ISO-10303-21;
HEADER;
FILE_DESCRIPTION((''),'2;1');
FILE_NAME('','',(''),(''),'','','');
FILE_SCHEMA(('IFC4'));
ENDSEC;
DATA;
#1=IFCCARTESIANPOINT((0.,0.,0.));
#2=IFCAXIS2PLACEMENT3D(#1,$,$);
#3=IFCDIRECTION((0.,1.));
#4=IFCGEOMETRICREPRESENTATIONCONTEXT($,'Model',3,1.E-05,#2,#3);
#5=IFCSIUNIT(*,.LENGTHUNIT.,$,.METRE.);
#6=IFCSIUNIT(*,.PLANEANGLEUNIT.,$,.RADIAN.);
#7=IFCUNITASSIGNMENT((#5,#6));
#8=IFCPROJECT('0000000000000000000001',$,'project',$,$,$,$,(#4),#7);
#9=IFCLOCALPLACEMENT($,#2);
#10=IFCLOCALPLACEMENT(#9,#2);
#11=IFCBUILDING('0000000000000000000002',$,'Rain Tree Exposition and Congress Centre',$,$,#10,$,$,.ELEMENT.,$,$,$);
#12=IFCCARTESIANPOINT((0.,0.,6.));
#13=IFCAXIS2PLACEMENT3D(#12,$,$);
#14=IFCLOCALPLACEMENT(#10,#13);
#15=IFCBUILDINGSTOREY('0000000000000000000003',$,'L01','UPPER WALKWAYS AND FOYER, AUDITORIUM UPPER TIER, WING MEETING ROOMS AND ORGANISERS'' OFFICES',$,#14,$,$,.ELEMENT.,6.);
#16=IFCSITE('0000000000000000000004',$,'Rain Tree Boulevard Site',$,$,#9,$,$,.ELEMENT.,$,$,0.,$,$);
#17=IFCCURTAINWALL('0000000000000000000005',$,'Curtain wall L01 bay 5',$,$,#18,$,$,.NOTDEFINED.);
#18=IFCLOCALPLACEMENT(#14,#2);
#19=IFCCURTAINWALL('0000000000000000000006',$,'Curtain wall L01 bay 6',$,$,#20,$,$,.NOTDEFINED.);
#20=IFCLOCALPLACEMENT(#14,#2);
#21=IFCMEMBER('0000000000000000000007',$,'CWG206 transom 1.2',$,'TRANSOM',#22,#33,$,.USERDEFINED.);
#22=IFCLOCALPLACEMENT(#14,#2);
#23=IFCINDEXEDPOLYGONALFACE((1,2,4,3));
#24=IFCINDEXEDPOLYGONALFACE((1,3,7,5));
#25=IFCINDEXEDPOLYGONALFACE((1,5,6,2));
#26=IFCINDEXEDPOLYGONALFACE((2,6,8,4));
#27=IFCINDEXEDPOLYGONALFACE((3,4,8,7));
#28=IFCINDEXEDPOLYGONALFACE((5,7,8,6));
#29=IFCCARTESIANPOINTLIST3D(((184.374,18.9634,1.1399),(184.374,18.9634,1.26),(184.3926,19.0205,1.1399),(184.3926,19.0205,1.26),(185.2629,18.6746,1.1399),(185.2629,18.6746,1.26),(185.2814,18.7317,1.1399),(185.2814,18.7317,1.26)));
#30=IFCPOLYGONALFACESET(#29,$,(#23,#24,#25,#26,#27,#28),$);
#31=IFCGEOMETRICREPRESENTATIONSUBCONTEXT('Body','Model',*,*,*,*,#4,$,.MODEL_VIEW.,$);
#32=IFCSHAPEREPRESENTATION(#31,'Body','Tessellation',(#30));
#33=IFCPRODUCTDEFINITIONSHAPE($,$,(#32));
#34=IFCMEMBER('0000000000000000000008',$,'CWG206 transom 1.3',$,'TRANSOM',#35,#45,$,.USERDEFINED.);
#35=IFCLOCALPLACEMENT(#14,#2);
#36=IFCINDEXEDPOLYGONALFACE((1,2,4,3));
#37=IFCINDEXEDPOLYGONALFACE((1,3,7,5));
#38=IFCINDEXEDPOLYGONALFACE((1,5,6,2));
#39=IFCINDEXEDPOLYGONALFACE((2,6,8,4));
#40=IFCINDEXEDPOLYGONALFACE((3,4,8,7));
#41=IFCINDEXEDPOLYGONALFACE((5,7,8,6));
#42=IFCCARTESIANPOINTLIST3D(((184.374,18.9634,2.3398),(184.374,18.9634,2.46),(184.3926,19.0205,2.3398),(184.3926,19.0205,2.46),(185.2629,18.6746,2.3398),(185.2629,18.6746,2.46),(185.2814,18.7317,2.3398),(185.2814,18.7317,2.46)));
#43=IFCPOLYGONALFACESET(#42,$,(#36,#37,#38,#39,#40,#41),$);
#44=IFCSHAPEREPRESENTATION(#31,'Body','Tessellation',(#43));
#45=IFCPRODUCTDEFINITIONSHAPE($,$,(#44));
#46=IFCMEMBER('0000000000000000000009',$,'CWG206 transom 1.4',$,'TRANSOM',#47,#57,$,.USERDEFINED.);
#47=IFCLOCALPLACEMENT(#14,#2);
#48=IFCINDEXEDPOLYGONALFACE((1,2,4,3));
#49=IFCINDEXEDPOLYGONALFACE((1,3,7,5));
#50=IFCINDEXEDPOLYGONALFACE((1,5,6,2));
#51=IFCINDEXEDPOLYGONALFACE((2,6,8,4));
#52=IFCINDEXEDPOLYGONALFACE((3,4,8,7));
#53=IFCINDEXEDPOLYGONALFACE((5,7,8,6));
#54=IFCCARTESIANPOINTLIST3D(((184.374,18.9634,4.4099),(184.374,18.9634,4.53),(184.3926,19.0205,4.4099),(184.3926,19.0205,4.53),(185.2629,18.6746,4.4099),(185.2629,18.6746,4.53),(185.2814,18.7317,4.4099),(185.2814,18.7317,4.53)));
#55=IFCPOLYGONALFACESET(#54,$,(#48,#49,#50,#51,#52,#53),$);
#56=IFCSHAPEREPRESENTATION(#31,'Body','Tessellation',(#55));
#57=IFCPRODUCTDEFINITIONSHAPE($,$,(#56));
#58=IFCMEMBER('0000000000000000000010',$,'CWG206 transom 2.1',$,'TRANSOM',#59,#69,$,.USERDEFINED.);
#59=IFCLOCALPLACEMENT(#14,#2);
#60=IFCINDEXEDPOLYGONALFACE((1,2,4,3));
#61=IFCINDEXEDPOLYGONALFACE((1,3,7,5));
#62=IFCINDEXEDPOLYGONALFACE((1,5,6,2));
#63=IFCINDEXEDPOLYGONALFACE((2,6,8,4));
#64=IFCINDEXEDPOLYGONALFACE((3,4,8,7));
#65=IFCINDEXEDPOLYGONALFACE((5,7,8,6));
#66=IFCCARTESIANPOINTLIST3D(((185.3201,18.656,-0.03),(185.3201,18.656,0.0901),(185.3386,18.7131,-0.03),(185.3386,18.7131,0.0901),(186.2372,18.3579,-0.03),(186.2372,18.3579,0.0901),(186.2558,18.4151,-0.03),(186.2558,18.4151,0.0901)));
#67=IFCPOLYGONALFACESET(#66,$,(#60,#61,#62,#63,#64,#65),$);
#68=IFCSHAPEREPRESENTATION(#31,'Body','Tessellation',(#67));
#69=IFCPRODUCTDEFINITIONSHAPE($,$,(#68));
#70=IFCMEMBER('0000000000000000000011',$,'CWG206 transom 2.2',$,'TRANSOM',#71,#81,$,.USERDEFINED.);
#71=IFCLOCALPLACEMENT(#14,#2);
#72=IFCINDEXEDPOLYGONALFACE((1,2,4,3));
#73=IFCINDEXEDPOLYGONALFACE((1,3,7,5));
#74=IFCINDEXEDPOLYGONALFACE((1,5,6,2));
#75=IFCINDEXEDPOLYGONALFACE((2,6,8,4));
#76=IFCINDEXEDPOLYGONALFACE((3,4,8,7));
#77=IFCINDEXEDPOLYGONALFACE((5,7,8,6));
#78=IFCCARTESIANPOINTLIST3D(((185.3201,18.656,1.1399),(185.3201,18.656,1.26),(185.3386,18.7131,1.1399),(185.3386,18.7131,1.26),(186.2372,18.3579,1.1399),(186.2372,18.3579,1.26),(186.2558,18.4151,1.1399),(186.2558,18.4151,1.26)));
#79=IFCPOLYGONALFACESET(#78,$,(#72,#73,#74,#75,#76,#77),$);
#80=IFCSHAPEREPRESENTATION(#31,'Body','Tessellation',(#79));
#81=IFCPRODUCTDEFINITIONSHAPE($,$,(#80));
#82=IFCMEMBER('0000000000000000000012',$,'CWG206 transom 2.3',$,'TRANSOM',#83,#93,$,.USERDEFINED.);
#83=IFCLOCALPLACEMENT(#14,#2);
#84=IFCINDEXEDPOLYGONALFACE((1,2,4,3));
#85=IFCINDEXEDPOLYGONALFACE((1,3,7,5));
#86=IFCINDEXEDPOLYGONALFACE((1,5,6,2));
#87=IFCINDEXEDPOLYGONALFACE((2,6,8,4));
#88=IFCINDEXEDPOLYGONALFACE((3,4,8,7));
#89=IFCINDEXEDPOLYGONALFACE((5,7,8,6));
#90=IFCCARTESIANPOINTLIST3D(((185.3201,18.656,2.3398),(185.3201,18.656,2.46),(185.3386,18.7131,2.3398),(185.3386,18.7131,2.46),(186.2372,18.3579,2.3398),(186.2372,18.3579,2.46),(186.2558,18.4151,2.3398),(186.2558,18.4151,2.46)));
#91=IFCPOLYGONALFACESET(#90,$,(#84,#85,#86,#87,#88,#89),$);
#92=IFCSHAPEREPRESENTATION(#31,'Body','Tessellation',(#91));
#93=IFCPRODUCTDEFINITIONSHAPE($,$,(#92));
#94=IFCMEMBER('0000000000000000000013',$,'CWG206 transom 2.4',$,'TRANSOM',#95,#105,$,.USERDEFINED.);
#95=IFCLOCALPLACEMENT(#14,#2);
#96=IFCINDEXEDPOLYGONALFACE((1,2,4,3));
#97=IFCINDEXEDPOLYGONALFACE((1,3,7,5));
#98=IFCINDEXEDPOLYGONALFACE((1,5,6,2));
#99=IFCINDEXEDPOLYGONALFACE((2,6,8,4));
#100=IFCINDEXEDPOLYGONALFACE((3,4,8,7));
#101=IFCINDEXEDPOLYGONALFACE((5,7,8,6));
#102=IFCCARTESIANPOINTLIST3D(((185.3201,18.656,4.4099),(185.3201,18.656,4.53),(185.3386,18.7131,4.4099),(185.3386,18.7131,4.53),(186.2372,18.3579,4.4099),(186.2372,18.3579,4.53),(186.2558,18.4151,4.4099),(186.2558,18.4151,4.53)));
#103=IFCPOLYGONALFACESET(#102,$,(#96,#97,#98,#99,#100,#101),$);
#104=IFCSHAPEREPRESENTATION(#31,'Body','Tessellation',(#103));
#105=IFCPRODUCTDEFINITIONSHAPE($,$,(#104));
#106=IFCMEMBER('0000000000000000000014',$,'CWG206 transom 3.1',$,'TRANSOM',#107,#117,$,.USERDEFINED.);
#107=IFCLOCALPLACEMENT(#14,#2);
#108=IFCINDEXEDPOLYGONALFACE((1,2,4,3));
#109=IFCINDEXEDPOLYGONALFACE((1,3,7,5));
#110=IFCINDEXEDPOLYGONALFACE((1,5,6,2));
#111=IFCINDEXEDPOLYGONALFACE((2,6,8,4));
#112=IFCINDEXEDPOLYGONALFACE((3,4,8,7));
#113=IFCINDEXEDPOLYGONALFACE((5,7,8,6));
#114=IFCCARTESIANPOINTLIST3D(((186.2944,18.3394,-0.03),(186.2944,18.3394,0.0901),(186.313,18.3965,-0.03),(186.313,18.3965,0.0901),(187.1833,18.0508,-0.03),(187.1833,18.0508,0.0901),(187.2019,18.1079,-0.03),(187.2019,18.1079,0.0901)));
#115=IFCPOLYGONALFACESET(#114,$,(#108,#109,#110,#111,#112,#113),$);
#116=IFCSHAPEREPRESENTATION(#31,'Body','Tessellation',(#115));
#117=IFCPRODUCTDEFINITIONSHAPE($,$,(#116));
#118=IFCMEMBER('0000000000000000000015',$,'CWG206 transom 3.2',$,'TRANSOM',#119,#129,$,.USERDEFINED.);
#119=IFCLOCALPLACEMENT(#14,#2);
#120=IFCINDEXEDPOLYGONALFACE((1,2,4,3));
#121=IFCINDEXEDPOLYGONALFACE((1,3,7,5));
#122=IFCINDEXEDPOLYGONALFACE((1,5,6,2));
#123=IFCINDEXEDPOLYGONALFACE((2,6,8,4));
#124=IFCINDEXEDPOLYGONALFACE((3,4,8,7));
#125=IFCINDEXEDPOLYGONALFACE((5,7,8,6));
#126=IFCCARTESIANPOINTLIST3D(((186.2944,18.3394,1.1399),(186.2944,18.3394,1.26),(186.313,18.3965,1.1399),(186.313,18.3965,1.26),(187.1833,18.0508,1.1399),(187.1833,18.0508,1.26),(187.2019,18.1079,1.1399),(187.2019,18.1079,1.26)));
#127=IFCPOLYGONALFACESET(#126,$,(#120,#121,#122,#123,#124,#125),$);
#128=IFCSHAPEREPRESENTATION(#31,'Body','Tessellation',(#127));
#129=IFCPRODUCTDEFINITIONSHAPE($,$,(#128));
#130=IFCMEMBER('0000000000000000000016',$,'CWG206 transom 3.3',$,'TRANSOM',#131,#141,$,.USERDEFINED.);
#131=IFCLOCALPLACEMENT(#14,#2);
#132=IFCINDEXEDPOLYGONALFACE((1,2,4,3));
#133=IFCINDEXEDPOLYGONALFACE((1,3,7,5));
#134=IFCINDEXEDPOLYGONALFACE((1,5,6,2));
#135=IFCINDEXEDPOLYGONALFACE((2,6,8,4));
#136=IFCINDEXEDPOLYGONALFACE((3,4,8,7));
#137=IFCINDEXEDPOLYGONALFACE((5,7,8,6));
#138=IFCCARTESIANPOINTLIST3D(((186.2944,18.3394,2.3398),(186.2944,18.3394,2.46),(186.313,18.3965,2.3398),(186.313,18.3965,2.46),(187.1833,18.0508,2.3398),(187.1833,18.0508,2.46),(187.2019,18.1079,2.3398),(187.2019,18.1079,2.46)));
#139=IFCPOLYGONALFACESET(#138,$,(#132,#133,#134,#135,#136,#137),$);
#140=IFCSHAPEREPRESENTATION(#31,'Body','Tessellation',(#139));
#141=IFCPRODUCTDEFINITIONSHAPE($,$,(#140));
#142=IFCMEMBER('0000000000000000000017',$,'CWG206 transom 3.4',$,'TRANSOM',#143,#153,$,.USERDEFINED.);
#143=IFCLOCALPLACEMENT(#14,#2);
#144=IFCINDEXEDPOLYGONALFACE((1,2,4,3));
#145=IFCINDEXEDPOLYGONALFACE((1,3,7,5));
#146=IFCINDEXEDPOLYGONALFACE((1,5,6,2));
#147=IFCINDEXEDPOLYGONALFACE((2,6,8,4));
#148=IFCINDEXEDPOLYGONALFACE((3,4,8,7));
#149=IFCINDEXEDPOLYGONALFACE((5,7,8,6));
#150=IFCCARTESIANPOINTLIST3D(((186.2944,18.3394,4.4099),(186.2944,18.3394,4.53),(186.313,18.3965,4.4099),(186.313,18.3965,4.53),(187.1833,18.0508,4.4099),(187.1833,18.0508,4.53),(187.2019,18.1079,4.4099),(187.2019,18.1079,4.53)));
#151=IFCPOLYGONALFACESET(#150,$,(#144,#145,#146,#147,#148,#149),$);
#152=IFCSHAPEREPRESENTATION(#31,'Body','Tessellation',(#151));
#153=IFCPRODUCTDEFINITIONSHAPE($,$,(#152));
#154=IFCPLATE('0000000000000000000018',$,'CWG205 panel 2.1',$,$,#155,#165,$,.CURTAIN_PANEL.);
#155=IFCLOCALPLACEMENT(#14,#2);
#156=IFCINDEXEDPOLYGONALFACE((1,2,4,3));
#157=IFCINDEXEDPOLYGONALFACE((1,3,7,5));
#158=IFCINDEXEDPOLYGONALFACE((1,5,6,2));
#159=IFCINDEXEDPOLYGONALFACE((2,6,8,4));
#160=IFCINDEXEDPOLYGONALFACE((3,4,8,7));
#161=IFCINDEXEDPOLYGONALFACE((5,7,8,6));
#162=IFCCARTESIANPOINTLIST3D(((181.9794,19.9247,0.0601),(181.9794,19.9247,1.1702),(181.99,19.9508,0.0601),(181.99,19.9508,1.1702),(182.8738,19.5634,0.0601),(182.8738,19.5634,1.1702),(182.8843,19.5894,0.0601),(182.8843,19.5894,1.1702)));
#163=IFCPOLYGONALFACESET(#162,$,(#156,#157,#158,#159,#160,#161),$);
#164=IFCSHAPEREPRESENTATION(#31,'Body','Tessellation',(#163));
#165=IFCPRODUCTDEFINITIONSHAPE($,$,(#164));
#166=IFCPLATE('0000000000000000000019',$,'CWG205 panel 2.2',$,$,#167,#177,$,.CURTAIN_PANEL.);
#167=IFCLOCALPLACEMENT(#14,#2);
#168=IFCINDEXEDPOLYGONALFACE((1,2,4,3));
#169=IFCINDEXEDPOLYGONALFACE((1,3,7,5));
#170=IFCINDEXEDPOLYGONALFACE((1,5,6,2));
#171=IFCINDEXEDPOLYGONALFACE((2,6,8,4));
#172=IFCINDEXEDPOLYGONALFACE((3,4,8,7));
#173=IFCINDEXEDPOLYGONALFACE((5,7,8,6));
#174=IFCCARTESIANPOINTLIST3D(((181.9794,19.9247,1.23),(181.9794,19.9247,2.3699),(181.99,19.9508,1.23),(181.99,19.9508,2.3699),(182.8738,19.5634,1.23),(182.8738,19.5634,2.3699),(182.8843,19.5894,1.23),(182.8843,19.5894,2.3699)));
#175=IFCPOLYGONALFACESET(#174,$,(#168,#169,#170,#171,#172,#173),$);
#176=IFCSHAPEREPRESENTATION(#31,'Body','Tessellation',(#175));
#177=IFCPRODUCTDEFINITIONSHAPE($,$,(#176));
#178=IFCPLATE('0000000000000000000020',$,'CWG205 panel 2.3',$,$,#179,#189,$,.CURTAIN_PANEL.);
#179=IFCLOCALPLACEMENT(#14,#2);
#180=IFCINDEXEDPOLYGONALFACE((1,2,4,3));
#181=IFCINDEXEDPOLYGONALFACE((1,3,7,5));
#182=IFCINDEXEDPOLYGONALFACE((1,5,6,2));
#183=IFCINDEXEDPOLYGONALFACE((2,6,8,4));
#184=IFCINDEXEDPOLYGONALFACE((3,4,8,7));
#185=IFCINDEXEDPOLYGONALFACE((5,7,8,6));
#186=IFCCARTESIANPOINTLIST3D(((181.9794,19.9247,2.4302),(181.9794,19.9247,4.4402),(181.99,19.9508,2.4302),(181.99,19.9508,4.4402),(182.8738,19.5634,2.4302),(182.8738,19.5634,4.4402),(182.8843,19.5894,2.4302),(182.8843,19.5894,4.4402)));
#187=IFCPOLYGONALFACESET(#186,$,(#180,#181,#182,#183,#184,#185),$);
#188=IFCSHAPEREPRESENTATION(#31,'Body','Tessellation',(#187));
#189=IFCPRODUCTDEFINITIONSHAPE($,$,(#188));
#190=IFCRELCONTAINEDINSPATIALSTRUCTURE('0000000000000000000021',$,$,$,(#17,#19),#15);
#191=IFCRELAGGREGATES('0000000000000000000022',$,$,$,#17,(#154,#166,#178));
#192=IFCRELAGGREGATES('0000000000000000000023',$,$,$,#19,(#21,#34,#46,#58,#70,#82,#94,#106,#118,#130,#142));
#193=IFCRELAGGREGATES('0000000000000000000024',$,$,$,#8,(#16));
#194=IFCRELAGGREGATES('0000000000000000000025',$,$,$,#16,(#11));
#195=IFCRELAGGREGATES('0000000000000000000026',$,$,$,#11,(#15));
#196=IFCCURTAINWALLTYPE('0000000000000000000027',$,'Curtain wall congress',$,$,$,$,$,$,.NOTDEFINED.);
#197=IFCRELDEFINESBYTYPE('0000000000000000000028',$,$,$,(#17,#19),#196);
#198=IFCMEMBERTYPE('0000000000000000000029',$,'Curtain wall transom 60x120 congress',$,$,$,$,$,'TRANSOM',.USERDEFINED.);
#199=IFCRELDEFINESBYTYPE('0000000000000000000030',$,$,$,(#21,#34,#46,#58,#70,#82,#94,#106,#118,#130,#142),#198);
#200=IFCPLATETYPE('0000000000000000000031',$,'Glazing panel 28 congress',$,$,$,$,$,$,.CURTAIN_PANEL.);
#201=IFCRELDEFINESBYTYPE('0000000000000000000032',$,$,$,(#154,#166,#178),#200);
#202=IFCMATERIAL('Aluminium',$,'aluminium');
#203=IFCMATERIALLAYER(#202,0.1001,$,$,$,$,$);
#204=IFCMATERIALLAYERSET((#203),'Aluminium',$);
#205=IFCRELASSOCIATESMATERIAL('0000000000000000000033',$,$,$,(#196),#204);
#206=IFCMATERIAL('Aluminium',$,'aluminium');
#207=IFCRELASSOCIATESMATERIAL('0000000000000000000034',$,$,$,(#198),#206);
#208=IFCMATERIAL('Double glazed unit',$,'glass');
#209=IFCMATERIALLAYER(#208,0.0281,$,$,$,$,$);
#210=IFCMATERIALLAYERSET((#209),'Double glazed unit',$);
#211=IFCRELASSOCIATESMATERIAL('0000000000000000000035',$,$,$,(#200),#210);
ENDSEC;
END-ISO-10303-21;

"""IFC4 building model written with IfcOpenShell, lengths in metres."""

from ifc_helpers import new_model, si_unit, direction, frame, origin, origin_2d, place, context, subcontext, project, spatial, rectangle, extrude, material, layer, layer_set, material_profile, profile_set, type_object, element, aggregate, save


model = new_model("IFC4")

# Units and contexts
model_context = context("Model", 3, precision=1e-05, world=origin(), true_north=direction((0.0, 1.0)))
body_context = subcontext(model_context, "Body", "Model", "MODEL_VIEW")
ifc_project = project(units=[si_unit("LENGTHUNIT", "METRE"), si_unit("PLANEANGLEUNIT", "RADIAN")], contexts=[model_context])

# Site, building, storey
site_placement = place(None, origin())
site = spatial("IfcSite", under=ifc_project, at=site_placement, Name="Rain Tree Boulevard Site", CompositionType="ELEMENT", RefElevation=0.0)
building_placement = place(site_placement, origin())
building = spatial("IfcBuilding", under=site, at=building_placement, Name="Rain Tree Exposition and Congress Centre", CompositionType="ELEMENT")
storey_placement = place(building_placement, frame((0.0, 0.0, 6.0)))
storey = spatial("IfcBuildingStorey", under=building, at=storey_placement, Name="L01", Description="UPPER WALKWAYS AND FOYER, AUDITORIUM UPPER TIER, WING MEETING ROOMS AND ORGANISERS' OFFICES", CompositionType="ELEMENT", Elevation=6.0)

# Curtain walls
ifc_material_1 = material(Name="Aluminium", Category="aluminium")
ifc_layer_1 = layer(ifc_material_1, 0.1001)
ifc_layer_set_1 = layer_set([ifc_layer_1], Name="Aluminium")
curtain_wall_type = type_object("IfcCurtainWallType", Name="Curtain wall congress", PredefinedType="NOTDEFINED", material=ifc_layer_set_1)
curtain_wall_1_placement = place(storey_placement, origin())
curtain_wall_1 = element("IfcCurtainWall", 1, at=curtain_wall_1_placement, inside=storey, type_object=curtain_wall_type, Name="Curtain wall L01 bay 5", PredefinedType="NOTDEFINED")
curtain_wall_2_placement = place(storey_placement, origin())
curtain_wall_2 = element("IfcCurtainWall", 2, at=curtain_wall_2_placement, inside=storey, type_object=curtain_wall_type, Name="Curtain wall L01 bay 6", PredefinedType="NOTDEFINED")

# Members
ifc_material_2 = material(Name="Aluminium", Category="aluminium")
ifc_material_profile_1 = material_profile(ifc_material_2, rectangle(XDim=0.0601, YDim=0.1201, at=origin_2d()), Name="AL 60x120")
ifc_profile_set_1 = profile_set([ifc_material_profile_1], Name="Aluminium")
member_type_1 = type_object("IfcMemberType", Name="Curtain wall transom 60x120 congress", ElementType="TRANSOM", PredefinedType="USERDEFINED", material=ifc_profile_set_1)
member_1_placement = place(storey_placement, frame((184.3833, 18.9919, 1.2), z_axis=(0.951059, -0.309009, 0.0), x_axis=(0.309009, 0.951059, 0.0)))
member_1 = element("IfcMember", 3, at=member_1_placement, type_object=member_type_1, Name="CWG206 transom 1.2", ObjectType="TRANSOM", PredefinedType="USERDEFINED", context=body_context, shape_type="SweptSolid", body=[
    extrude(rectangle(XDim=0.0601, YDim=0.1201, at=origin_2d()), origin(), (0.0, 0.0, 1.0), 0.9346),
])
member_2_placement = place(storey_placement, frame((184.3833, 18.9919, 2.3999), z_axis=(0.951059, -0.309009, 0.0), x_axis=(0.309009, 0.951059, 0.0)))
member_2 = element("IfcMember", 4, at=member_2_placement, type_object=member_type_1, Name="CWG206 transom 1.3", ObjectType="TRANSOM", PredefinedType="USERDEFINED", context=body_context, shape_type="SweptSolid", body=[
    extrude(rectangle(XDim=0.0601, YDim=0.1201, at=origin_2d()), origin(), (0.0, 0.0, 1.0), 0.9346),
])
member_3_placement = place(storey_placement, frame((184.3833, 18.9919, 4.47), z_axis=(0.951059, -0.309009, 0.0), x_axis=(0.309009, 0.951059, 0.0)))
member_3 = element("IfcMember", 5, at=member_3_placement, type_object=member_type_1, Name="CWG206 transom 1.4", ObjectType="TRANSOM", PredefinedType="USERDEFINED", context=body_context, shape_type="SweptSolid", body=[
    extrude(rectangle(XDim=0.0601, YDim=0.1201, at=origin_2d()), origin(), (0.0, 0.0, 1.0), 0.9346),
])
member_4_placement = place(storey_placement, frame((185.3293, 18.6846, 0.03), z_axis=(0.951036, -0.30908, 0.0), x_axis=(0.30908, 0.951036, 0.0)))
member_4 = element("IfcMember", 6, at=member_4_placement, type_object=member_type_1, Name="CWG206 transom 2.1", ObjectType="TRANSOM", PredefinedType="USERDEFINED", context=body_context, shape_type="SweptSolid", body=[
    extrude(rectangle(XDim=0.0601, YDim=0.1201, at=origin_2d()), origin(), (0.0, 0.0, 1.0), 0.9644),
])
member_5_placement = place(storey_placement, frame((185.3293, 18.6846, 1.2), z_axis=(0.951036, -0.30908, 0.0), x_axis=(0.30908, 0.951036, 0.0)))
member_5 = element("IfcMember", 7, at=member_5_placement, type_object=member_type_1, Name="CWG206 transom 2.2", ObjectType="TRANSOM", PredefinedType="USERDEFINED", context=body_context, shape_type="SweptSolid", body=[
    extrude(rectangle(XDim=0.0601, YDim=0.1201, at=origin_2d()), origin(), (0.0, 0.0, 1.0), 0.9644),
])
member_6_placement = place(storey_placement, frame((185.3293, 18.6846, 2.3999), z_axis=(0.951036, -0.30908, 0.0), x_axis=(0.30908, 0.951036, 0.0)))
member_6 = element("IfcMember", 8, at=member_6_placement, type_object=member_type_1, Name="CWG206 transom 2.3", ObjectType="TRANSOM", PredefinedType="USERDEFINED", context=body_context, shape_type="SweptSolid", body=[
    extrude(rectangle(XDim=0.0601, YDim=0.1201, at=origin_2d()), origin(), (0.0, 0.0, 1.0), 0.9644),
])
member_7_placement = place(storey_placement, frame((185.3293, 18.6846, 4.47), z_axis=(0.951036, -0.30908, 0.0), x_axis=(0.30908, 0.951036, 0.0)))
member_7 = element("IfcMember", 9, at=member_7_placement, type_object=member_type_1, Name="CWG206 transom 2.4", ObjectType="TRANSOM", PredefinedType="USERDEFINED", context=body_context, shape_type="SweptSolid", body=[
    extrude(rectangle(XDim=0.0601, YDim=0.1201, at=origin_2d()), origin(), (0.0, 0.0, 1.0), 0.9644),
])
member_8_placement = place(storey_placement, frame((186.3037, 18.3679, 0.03), z_axis=(0.951136, -0.308773, 0.0), x_axis=(0.308773, 0.951136, 0.0)))
member_8 = element("IfcMember", 10, at=member_8_placement, type_object=member_type_1, Name="CWG206 transom 3.1", ObjectType="TRANSOM", PredefinedType="USERDEFINED", context=body_context, shape_type="SweptSolid", body=[
    extrude(rectangle(XDim=0.0601, YDim=0.1201, at=origin_2d()), origin(), (0.0, 0.0, 1.0), 0.9346),
])
member_9_placement = place(storey_placement, frame((186.3037, 18.3679, 1.2), z_axis=(0.951136, -0.308773, 0.0), x_axis=(0.308773, 0.951136, 0.0)))
member_9 = element("IfcMember", 11, at=member_9_placement, type_object=member_type_1, Name="CWG206 transom 3.2", ObjectType="TRANSOM", PredefinedType="USERDEFINED", context=body_context, shape_type="SweptSolid", body=[
    extrude(rectangle(XDim=0.0601, YDim=0.1201, at=origin_2d()), origin(), (0.0, 0.0, 1.0), 0.9346),
])
member_10_placement = place(storey_placement, frame((186.3037, 18.3679, 2.3999), z_axis=(0.951136, -0.308773, 0.0), x_axis=(0.308773, 0.951136, 0.0)))
member_10 = element("IfcMember", 12, at=member_10_placement, type_object=member_type_1, Name="CWG206 transom 3.3", ObjectType="TRANSOM", PredefinedType="USERDEFINED", context=body_context, shape_type="SweptSolid", body=[
    extrude(rectangle(XDim=0.0601, YDim=0.1201, at=origin_2d()), origin(), (0.0, 0.0, 1.0), 0.9346),
])
member_11_placement = place(storey_placement, frame((186.3037, 18.3679, 4.47), z_axis=(0.951136, -0.308773, 0.0), x_axis=(0.308773, 0.951136, 0.0)))
member_11 = element("IfcMember", 13, at=member_11_placement, type_object=member_type_1, Name="CWG206 transom 3.4", ObjectType="TRANSOM", PredefinedType="USERDEFINED", context=body_context, shape_type="SweptSolid", body=[
    extrude(rectangle(XDim=0.0601, YDim=0.1201, at=origin_2d()), origin(), (0.0, 0.0, 1.0), 0.9346),
])

# Plates
ifc_material_3 = material(Name="Double glazed unit", Category="glass")
ifc_layer_2 = layer(ifc_material_3, 0.0281)
ifc_layer_set_2 = layer_set([ifc_layer_2], Name="Double glazed unit")
plate_type = type_object("IfcPlateType", Name="Glazing panel 28 congress", PredefinedType="CURTAIN_PANEL", material=ifc_layer_set_2)
plate_1_placement = place(storey_placement, frame((182.4319, 19.7571, 0.0601), z_axis=(0.0, 0.0, 1.0), x_axis=(0.927188, -0.374597, 0.0)))
plate_1 = element("IfcPlate", 14, at=plate_1_placement, type_object=plate_type, Name="CWG205 panel 2.1", PredefinedType="CURTAIN_PANEL", context=body_context, shape_type="SweptSolid", body=[
    extrude(rectangle(XDim=0.9646, YDim=0.0281, at=origin_2d()), origin(), (0.0, 0.0, 1.0), 1.1101),
])
plate_2_placement = place(storey_placement, frame((182.4319, 19.7571, 1.23), z_axis=(0.0, 0.0, 1.0), x_axis=(0.927188, -0.374597, 0.0)))
plate_2 = element("IfcPlate", 15, at=plate_2_placement, type_object=plate_type, Name="CWG205 panel 2.2", PredefinedType="CURTAIN_PANEL", context=body_context, shape_type="SweptSolid", body=[
    extrude(rectangle(XDim=0.9646, YDim=0.0281, at=origin_2d()), origin(), (0.0, 0.0, 1.0), 1.1399),
])
plate_3_placement = place(storey_placement, frame((182.4319, 19.7571, 2.4302), z_axis=(0.0, 0.0, 1.0), x_axis=(0.927188, -0.374597, 0.0)))
plate_3 = element("IfcPlate", 16, at=plate_3_placement, type_object=plate_type, Name="CWG205 panel 2.3", PredefinedType="CURTAIN_PANEL", context=body_context, shape_type="SweptSolid", body=[
    extrude(rectangle(XDim=0.9646, YDim=0.0281, at=origin_2d()), origin(), (0.0, 0.0, 1.0), 2.01),
])
aggregate(curtain_wall_1, [plate_1, plate_2, plate_3])
aggregate(curtain_wall_2, [member_1, member_2, member_3, member_4, member_5, member_6, member_7, member_8, member_9, member_10, member_11])

save(model, "model.ifc")
